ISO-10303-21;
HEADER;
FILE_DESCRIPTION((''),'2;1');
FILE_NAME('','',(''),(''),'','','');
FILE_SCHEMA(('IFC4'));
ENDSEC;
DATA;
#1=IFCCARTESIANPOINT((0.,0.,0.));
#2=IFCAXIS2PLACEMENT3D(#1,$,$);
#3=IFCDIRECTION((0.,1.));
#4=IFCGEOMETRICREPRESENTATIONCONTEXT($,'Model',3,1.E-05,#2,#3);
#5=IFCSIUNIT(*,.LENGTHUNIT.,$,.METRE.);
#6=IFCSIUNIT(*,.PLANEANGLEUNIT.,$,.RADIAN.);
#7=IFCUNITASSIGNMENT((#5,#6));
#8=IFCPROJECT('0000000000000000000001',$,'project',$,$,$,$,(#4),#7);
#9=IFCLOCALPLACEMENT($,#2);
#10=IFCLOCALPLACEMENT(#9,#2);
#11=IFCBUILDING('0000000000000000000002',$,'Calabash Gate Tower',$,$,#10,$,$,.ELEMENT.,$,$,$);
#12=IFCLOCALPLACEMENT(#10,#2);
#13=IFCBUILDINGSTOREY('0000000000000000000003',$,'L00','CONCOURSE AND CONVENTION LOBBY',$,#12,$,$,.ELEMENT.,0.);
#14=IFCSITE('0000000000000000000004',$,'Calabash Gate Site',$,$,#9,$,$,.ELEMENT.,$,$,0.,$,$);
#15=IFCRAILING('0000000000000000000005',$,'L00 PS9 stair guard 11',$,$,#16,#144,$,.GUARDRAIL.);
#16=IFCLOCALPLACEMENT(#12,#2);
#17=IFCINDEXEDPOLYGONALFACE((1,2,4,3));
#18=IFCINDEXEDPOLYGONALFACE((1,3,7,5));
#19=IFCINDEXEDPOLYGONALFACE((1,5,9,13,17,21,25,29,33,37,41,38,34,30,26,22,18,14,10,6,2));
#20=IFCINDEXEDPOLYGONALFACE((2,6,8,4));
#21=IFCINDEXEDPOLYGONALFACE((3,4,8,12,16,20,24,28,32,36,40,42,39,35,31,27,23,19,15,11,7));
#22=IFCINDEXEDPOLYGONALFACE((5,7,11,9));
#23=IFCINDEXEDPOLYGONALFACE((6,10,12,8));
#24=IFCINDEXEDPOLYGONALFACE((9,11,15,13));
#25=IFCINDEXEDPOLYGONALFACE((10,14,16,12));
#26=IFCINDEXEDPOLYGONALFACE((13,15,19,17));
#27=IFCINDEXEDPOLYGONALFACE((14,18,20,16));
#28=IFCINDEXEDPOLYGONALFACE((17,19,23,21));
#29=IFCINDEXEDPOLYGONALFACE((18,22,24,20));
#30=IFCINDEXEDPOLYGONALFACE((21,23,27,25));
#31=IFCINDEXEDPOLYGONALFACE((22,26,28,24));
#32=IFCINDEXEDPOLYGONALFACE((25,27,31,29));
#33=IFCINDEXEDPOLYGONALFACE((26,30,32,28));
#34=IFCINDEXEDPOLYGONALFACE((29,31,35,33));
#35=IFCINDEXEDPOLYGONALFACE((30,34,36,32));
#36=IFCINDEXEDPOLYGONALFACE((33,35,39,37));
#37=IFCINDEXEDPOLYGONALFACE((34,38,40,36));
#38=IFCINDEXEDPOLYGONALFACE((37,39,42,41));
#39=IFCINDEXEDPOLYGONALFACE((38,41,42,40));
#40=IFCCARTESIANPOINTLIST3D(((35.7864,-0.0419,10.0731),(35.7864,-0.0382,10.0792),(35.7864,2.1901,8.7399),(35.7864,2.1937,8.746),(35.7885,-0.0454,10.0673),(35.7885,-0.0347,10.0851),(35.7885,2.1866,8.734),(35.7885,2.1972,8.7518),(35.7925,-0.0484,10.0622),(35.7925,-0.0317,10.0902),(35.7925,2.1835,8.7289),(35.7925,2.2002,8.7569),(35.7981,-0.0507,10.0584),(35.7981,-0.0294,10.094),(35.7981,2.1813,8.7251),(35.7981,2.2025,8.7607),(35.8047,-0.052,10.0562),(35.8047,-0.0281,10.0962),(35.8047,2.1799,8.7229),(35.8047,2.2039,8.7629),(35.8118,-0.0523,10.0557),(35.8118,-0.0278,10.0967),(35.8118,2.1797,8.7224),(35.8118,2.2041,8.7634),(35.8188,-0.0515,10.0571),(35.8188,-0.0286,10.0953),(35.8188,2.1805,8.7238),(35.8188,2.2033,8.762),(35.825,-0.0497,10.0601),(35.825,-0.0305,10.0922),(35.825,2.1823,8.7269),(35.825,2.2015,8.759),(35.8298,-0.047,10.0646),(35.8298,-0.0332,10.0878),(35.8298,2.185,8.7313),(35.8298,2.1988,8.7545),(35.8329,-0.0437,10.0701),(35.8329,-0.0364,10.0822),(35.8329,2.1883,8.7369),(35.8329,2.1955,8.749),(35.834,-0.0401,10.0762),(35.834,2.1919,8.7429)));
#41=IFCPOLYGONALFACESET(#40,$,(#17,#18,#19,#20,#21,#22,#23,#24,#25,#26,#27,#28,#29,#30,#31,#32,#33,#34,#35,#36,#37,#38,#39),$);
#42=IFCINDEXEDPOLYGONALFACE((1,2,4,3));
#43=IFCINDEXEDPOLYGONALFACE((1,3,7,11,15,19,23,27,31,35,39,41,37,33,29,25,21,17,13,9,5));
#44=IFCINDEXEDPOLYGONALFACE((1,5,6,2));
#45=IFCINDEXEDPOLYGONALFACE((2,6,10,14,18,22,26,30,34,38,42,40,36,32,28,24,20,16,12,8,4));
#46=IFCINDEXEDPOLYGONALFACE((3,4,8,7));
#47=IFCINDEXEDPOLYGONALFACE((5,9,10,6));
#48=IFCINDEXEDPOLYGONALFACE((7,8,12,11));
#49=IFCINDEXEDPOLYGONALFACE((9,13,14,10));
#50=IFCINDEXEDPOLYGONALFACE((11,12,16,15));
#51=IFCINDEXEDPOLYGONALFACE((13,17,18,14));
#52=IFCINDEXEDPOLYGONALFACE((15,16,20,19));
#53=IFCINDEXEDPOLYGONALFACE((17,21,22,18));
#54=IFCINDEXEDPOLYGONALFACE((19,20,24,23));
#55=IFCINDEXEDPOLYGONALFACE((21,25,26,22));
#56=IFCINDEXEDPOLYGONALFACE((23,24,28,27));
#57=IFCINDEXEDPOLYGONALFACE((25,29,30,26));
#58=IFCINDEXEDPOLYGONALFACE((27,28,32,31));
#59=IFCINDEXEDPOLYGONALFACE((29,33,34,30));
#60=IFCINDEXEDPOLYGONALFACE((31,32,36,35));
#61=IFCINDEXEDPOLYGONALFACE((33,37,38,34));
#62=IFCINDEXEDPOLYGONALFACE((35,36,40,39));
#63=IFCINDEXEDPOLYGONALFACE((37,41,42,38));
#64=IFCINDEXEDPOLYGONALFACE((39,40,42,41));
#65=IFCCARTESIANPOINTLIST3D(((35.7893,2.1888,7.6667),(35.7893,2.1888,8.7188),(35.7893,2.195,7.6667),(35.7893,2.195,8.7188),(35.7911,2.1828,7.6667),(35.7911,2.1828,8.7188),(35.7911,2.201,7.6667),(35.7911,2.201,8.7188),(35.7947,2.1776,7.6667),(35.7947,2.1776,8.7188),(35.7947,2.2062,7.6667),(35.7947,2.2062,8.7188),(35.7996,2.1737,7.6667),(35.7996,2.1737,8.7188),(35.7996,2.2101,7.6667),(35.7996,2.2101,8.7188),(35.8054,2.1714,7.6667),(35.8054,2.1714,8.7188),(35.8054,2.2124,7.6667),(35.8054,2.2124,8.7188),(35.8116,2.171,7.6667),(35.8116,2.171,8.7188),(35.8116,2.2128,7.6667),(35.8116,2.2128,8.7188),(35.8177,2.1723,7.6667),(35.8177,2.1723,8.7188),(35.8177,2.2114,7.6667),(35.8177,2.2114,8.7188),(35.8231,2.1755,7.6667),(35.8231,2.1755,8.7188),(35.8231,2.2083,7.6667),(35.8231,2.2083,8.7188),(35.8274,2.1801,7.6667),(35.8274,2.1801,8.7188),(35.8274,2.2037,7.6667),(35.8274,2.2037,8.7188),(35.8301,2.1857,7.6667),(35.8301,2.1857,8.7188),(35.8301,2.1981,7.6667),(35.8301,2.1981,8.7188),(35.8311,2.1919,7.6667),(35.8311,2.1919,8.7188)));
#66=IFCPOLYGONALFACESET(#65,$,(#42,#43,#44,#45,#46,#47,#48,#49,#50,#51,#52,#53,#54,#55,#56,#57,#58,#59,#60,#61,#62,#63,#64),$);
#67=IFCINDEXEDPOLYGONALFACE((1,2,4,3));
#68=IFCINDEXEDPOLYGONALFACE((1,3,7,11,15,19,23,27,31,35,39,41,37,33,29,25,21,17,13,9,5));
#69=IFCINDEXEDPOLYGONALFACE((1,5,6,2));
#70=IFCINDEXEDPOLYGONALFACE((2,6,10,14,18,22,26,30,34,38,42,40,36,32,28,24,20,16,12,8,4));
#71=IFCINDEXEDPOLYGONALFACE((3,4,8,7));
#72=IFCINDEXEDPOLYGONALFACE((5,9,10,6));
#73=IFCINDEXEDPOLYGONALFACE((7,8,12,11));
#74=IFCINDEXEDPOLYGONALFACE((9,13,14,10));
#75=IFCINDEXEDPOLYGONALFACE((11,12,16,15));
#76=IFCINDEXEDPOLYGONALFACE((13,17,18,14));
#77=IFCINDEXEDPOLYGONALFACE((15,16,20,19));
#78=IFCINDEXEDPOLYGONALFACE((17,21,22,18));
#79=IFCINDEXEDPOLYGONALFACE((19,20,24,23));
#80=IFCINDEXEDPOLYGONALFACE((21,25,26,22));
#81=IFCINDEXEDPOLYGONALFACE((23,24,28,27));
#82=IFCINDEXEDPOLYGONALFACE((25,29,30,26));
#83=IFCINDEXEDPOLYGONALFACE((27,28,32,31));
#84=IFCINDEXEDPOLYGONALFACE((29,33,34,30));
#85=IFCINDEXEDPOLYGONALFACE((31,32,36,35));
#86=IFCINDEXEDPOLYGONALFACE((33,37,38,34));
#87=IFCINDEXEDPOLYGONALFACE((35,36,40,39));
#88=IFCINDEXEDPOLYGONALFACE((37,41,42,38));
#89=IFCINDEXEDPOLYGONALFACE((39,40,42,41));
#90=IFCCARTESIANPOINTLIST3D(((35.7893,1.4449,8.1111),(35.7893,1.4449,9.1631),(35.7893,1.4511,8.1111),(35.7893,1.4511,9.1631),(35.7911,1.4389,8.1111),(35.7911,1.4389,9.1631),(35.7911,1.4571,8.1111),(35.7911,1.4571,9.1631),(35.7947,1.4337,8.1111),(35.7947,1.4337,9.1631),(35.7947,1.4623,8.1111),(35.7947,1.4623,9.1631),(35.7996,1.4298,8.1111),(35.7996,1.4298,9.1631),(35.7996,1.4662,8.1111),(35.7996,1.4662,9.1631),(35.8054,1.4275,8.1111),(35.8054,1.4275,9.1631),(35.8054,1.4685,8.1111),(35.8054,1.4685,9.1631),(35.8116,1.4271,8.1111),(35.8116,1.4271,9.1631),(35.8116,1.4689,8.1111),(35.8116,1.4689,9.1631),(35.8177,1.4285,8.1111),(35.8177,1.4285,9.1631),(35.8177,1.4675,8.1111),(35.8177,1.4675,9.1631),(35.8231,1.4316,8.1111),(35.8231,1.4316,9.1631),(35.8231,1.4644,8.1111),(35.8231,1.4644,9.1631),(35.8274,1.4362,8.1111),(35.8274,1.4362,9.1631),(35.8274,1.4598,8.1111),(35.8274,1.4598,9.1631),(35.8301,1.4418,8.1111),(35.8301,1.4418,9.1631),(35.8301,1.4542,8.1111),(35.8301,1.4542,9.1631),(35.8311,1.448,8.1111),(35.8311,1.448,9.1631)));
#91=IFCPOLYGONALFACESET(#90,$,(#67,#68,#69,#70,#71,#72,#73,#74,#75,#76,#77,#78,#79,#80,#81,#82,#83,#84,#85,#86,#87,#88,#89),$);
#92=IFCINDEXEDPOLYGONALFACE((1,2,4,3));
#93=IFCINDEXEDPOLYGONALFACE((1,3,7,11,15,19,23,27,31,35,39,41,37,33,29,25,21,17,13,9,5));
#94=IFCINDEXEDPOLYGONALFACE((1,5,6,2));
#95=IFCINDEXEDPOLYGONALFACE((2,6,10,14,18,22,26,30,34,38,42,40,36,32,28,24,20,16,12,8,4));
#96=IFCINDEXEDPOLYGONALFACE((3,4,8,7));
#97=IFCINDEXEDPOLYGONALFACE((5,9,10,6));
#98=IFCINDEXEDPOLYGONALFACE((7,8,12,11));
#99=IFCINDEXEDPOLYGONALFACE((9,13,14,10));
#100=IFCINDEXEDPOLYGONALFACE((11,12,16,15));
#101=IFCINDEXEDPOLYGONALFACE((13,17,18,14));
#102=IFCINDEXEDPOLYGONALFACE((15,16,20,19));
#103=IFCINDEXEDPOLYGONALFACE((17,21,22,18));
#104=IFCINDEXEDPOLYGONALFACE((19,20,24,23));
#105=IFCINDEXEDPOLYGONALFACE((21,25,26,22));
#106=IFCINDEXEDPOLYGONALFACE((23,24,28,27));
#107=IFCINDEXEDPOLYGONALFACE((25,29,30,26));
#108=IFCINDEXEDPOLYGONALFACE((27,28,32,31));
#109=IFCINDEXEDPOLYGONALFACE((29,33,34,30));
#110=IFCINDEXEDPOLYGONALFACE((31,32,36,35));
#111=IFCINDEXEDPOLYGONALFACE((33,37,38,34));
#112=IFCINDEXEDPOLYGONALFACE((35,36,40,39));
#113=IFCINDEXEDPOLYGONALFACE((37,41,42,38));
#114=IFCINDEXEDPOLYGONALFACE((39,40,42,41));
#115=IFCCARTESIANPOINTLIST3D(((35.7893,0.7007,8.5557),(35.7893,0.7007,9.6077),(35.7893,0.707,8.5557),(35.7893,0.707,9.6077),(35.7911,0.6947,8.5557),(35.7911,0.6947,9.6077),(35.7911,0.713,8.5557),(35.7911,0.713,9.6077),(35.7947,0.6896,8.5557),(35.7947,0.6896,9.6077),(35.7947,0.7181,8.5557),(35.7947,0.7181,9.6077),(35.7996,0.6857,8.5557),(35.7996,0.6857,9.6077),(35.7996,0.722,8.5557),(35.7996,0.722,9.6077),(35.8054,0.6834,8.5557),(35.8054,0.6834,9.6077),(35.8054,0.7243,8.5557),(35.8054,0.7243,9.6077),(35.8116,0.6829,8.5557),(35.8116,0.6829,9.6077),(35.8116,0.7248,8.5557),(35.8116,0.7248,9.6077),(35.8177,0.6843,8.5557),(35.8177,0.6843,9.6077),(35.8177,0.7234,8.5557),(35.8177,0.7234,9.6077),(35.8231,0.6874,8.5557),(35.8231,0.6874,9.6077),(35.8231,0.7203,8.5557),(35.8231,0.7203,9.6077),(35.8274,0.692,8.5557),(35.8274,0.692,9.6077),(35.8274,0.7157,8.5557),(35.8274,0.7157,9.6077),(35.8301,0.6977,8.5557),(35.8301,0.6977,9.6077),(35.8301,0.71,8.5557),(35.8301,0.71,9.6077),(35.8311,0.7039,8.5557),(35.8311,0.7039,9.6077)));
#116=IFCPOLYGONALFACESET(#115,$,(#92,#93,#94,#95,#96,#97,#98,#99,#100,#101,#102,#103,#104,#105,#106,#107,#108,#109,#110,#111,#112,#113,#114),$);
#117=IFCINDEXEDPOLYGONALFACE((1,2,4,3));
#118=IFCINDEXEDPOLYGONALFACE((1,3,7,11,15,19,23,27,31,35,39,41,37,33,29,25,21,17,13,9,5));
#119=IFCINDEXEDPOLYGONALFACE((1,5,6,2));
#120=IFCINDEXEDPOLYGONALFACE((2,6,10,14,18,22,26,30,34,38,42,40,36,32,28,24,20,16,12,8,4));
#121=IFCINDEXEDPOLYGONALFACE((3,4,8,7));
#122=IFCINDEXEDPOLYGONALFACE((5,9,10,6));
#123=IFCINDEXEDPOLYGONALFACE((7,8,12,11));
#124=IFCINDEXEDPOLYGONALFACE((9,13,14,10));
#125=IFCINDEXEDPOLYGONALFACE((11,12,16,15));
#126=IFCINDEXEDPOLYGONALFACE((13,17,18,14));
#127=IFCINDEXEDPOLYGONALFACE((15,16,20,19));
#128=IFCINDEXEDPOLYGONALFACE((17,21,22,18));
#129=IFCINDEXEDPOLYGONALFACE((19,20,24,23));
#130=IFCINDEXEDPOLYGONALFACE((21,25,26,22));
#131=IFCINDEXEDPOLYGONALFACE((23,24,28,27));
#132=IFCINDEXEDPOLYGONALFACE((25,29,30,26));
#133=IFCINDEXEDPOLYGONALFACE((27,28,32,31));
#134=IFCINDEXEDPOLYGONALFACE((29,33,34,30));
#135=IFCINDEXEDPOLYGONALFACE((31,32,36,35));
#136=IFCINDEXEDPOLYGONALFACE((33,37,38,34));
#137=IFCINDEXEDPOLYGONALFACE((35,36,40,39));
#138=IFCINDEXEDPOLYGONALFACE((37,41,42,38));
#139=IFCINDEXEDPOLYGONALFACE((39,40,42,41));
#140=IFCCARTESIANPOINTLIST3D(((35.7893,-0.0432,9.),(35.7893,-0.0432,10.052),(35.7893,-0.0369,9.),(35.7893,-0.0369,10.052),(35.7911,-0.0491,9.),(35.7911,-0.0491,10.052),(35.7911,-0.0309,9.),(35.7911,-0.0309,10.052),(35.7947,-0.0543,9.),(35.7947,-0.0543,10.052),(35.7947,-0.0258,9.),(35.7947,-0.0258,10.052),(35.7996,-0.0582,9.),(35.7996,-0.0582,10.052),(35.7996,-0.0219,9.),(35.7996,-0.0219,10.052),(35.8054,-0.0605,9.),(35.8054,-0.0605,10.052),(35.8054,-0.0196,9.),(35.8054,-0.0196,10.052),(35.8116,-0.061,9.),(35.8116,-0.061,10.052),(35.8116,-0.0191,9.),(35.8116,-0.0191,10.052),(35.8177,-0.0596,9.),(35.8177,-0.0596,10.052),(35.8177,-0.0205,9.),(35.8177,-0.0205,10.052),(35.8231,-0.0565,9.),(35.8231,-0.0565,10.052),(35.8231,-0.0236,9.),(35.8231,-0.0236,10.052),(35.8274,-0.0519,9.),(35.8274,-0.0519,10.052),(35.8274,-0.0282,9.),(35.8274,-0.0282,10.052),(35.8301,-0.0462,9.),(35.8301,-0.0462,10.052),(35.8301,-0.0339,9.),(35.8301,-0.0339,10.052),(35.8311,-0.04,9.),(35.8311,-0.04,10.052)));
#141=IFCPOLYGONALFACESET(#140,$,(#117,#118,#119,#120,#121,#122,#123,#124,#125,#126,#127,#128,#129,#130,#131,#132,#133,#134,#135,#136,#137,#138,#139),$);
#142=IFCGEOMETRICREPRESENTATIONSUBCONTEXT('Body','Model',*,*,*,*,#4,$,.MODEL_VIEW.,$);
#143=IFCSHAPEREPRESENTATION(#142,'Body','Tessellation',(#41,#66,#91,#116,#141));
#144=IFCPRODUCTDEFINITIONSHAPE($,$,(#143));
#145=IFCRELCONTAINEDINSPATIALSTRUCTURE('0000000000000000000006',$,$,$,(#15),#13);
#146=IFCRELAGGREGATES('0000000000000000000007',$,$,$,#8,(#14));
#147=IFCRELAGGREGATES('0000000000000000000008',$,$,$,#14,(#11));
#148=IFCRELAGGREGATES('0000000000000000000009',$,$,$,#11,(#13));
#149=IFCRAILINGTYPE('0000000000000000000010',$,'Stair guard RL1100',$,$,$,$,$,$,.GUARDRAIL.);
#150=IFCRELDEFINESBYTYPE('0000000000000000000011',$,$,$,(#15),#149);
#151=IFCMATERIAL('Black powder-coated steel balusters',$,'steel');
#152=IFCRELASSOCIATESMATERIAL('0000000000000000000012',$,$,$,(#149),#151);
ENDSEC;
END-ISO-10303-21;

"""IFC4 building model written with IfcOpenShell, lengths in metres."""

from ifc_helpers import new_model, si_unit, direction, frame, origin, origin_2d, place, context, subcontext, project, spatial, circle, extrude, material, type_object, element, save


model = new_model("IFC4")

# Units and contexts
model_context = context("Model", 3, precision=1e-05, world=origin(), true_north=direction((0.0, 1.0)))
body_context = subcontext(model_context, "Body", "Model", "MODEL_VIEW")
ifc_project = project(units=[si_unit("LENGTHUNIT", "METRE"), si_unit("PLANEANGLEUNIT", "RADIAN")], contexts=[model_context])

# Site, building, storey
site_placement = place(None, origin())
site = spatial("IfcSite", under=ifc_project, at=site_placement, Name="Calabash Gate Site", CompositionType="ELEMENT", RefElevation=0.0)
building_placement = place(site_placement, origin())
building = spatial("IfcBuilding", under=site, at=building_placement, Name="Calabash Gate Tower", CompositionType="ELEMENT")
storey_placement = place(building_placement, origin())
storey = spatial("IfcBuildingStorey", under=building, at=storey_placement, Name="L00", Description="CONCOURSE AND CONVENTION LOBBY", CompositionType="ELEMENT", Elevation=0.0)

# Railing
ifc_material_1 = material(Name="Black powder-coated steel balusters", Category="steel")
railing_type_1 = type_object("IfcRailingType", Name="Stair guard RL1100", PredefinedType="GUARDRAIL", material=ifc_material_1)
railing_1_placement = place(storey_placement, frame((35.8101, 2.1919, 7.6667)))
element("IfcRailing", 1, at=railing_1_placement, inside=storey, type_object=railing_type_1, Name="L00 PS9 stair guard 11", PredefinedType="GUARDRAIL", context=body_context, shape_type="SweptSolid", body=[
    extrude(circle(Radius=0.0239, at=origin_2d()), frame((0.0, 0.0, 1.0762), z_axis=(0.0, -0.858494, 0.512824), x_axis=(1.0, 0.0, 0.0)), (0.0, 0.0, 1.0), 2.5999),
    extrude(circle(Radius=0.021, at=origin_2d()), origin(), (0.0, 0.0, 1.0), 1.052),
    extrude(circle(Radius=0.021, at=origin_2d()), frame((0.0, -0.7439, 0.4443)), (0.0, 0.0, 1.0), 1.052),
    extrude(circle(Radius=0.021, at=origin_2d()), frame((0.0, -1.488, 0.8889)), (0.0, 0.0, 1.0), 1.052),
    extrude(circle(Radius=0.021, at=origin_2d()), frame((0.0, -2.2319, 1.3333)), (0.0, 0.0, 1.0), 1.052),
])

save(model, "model.ifc")
